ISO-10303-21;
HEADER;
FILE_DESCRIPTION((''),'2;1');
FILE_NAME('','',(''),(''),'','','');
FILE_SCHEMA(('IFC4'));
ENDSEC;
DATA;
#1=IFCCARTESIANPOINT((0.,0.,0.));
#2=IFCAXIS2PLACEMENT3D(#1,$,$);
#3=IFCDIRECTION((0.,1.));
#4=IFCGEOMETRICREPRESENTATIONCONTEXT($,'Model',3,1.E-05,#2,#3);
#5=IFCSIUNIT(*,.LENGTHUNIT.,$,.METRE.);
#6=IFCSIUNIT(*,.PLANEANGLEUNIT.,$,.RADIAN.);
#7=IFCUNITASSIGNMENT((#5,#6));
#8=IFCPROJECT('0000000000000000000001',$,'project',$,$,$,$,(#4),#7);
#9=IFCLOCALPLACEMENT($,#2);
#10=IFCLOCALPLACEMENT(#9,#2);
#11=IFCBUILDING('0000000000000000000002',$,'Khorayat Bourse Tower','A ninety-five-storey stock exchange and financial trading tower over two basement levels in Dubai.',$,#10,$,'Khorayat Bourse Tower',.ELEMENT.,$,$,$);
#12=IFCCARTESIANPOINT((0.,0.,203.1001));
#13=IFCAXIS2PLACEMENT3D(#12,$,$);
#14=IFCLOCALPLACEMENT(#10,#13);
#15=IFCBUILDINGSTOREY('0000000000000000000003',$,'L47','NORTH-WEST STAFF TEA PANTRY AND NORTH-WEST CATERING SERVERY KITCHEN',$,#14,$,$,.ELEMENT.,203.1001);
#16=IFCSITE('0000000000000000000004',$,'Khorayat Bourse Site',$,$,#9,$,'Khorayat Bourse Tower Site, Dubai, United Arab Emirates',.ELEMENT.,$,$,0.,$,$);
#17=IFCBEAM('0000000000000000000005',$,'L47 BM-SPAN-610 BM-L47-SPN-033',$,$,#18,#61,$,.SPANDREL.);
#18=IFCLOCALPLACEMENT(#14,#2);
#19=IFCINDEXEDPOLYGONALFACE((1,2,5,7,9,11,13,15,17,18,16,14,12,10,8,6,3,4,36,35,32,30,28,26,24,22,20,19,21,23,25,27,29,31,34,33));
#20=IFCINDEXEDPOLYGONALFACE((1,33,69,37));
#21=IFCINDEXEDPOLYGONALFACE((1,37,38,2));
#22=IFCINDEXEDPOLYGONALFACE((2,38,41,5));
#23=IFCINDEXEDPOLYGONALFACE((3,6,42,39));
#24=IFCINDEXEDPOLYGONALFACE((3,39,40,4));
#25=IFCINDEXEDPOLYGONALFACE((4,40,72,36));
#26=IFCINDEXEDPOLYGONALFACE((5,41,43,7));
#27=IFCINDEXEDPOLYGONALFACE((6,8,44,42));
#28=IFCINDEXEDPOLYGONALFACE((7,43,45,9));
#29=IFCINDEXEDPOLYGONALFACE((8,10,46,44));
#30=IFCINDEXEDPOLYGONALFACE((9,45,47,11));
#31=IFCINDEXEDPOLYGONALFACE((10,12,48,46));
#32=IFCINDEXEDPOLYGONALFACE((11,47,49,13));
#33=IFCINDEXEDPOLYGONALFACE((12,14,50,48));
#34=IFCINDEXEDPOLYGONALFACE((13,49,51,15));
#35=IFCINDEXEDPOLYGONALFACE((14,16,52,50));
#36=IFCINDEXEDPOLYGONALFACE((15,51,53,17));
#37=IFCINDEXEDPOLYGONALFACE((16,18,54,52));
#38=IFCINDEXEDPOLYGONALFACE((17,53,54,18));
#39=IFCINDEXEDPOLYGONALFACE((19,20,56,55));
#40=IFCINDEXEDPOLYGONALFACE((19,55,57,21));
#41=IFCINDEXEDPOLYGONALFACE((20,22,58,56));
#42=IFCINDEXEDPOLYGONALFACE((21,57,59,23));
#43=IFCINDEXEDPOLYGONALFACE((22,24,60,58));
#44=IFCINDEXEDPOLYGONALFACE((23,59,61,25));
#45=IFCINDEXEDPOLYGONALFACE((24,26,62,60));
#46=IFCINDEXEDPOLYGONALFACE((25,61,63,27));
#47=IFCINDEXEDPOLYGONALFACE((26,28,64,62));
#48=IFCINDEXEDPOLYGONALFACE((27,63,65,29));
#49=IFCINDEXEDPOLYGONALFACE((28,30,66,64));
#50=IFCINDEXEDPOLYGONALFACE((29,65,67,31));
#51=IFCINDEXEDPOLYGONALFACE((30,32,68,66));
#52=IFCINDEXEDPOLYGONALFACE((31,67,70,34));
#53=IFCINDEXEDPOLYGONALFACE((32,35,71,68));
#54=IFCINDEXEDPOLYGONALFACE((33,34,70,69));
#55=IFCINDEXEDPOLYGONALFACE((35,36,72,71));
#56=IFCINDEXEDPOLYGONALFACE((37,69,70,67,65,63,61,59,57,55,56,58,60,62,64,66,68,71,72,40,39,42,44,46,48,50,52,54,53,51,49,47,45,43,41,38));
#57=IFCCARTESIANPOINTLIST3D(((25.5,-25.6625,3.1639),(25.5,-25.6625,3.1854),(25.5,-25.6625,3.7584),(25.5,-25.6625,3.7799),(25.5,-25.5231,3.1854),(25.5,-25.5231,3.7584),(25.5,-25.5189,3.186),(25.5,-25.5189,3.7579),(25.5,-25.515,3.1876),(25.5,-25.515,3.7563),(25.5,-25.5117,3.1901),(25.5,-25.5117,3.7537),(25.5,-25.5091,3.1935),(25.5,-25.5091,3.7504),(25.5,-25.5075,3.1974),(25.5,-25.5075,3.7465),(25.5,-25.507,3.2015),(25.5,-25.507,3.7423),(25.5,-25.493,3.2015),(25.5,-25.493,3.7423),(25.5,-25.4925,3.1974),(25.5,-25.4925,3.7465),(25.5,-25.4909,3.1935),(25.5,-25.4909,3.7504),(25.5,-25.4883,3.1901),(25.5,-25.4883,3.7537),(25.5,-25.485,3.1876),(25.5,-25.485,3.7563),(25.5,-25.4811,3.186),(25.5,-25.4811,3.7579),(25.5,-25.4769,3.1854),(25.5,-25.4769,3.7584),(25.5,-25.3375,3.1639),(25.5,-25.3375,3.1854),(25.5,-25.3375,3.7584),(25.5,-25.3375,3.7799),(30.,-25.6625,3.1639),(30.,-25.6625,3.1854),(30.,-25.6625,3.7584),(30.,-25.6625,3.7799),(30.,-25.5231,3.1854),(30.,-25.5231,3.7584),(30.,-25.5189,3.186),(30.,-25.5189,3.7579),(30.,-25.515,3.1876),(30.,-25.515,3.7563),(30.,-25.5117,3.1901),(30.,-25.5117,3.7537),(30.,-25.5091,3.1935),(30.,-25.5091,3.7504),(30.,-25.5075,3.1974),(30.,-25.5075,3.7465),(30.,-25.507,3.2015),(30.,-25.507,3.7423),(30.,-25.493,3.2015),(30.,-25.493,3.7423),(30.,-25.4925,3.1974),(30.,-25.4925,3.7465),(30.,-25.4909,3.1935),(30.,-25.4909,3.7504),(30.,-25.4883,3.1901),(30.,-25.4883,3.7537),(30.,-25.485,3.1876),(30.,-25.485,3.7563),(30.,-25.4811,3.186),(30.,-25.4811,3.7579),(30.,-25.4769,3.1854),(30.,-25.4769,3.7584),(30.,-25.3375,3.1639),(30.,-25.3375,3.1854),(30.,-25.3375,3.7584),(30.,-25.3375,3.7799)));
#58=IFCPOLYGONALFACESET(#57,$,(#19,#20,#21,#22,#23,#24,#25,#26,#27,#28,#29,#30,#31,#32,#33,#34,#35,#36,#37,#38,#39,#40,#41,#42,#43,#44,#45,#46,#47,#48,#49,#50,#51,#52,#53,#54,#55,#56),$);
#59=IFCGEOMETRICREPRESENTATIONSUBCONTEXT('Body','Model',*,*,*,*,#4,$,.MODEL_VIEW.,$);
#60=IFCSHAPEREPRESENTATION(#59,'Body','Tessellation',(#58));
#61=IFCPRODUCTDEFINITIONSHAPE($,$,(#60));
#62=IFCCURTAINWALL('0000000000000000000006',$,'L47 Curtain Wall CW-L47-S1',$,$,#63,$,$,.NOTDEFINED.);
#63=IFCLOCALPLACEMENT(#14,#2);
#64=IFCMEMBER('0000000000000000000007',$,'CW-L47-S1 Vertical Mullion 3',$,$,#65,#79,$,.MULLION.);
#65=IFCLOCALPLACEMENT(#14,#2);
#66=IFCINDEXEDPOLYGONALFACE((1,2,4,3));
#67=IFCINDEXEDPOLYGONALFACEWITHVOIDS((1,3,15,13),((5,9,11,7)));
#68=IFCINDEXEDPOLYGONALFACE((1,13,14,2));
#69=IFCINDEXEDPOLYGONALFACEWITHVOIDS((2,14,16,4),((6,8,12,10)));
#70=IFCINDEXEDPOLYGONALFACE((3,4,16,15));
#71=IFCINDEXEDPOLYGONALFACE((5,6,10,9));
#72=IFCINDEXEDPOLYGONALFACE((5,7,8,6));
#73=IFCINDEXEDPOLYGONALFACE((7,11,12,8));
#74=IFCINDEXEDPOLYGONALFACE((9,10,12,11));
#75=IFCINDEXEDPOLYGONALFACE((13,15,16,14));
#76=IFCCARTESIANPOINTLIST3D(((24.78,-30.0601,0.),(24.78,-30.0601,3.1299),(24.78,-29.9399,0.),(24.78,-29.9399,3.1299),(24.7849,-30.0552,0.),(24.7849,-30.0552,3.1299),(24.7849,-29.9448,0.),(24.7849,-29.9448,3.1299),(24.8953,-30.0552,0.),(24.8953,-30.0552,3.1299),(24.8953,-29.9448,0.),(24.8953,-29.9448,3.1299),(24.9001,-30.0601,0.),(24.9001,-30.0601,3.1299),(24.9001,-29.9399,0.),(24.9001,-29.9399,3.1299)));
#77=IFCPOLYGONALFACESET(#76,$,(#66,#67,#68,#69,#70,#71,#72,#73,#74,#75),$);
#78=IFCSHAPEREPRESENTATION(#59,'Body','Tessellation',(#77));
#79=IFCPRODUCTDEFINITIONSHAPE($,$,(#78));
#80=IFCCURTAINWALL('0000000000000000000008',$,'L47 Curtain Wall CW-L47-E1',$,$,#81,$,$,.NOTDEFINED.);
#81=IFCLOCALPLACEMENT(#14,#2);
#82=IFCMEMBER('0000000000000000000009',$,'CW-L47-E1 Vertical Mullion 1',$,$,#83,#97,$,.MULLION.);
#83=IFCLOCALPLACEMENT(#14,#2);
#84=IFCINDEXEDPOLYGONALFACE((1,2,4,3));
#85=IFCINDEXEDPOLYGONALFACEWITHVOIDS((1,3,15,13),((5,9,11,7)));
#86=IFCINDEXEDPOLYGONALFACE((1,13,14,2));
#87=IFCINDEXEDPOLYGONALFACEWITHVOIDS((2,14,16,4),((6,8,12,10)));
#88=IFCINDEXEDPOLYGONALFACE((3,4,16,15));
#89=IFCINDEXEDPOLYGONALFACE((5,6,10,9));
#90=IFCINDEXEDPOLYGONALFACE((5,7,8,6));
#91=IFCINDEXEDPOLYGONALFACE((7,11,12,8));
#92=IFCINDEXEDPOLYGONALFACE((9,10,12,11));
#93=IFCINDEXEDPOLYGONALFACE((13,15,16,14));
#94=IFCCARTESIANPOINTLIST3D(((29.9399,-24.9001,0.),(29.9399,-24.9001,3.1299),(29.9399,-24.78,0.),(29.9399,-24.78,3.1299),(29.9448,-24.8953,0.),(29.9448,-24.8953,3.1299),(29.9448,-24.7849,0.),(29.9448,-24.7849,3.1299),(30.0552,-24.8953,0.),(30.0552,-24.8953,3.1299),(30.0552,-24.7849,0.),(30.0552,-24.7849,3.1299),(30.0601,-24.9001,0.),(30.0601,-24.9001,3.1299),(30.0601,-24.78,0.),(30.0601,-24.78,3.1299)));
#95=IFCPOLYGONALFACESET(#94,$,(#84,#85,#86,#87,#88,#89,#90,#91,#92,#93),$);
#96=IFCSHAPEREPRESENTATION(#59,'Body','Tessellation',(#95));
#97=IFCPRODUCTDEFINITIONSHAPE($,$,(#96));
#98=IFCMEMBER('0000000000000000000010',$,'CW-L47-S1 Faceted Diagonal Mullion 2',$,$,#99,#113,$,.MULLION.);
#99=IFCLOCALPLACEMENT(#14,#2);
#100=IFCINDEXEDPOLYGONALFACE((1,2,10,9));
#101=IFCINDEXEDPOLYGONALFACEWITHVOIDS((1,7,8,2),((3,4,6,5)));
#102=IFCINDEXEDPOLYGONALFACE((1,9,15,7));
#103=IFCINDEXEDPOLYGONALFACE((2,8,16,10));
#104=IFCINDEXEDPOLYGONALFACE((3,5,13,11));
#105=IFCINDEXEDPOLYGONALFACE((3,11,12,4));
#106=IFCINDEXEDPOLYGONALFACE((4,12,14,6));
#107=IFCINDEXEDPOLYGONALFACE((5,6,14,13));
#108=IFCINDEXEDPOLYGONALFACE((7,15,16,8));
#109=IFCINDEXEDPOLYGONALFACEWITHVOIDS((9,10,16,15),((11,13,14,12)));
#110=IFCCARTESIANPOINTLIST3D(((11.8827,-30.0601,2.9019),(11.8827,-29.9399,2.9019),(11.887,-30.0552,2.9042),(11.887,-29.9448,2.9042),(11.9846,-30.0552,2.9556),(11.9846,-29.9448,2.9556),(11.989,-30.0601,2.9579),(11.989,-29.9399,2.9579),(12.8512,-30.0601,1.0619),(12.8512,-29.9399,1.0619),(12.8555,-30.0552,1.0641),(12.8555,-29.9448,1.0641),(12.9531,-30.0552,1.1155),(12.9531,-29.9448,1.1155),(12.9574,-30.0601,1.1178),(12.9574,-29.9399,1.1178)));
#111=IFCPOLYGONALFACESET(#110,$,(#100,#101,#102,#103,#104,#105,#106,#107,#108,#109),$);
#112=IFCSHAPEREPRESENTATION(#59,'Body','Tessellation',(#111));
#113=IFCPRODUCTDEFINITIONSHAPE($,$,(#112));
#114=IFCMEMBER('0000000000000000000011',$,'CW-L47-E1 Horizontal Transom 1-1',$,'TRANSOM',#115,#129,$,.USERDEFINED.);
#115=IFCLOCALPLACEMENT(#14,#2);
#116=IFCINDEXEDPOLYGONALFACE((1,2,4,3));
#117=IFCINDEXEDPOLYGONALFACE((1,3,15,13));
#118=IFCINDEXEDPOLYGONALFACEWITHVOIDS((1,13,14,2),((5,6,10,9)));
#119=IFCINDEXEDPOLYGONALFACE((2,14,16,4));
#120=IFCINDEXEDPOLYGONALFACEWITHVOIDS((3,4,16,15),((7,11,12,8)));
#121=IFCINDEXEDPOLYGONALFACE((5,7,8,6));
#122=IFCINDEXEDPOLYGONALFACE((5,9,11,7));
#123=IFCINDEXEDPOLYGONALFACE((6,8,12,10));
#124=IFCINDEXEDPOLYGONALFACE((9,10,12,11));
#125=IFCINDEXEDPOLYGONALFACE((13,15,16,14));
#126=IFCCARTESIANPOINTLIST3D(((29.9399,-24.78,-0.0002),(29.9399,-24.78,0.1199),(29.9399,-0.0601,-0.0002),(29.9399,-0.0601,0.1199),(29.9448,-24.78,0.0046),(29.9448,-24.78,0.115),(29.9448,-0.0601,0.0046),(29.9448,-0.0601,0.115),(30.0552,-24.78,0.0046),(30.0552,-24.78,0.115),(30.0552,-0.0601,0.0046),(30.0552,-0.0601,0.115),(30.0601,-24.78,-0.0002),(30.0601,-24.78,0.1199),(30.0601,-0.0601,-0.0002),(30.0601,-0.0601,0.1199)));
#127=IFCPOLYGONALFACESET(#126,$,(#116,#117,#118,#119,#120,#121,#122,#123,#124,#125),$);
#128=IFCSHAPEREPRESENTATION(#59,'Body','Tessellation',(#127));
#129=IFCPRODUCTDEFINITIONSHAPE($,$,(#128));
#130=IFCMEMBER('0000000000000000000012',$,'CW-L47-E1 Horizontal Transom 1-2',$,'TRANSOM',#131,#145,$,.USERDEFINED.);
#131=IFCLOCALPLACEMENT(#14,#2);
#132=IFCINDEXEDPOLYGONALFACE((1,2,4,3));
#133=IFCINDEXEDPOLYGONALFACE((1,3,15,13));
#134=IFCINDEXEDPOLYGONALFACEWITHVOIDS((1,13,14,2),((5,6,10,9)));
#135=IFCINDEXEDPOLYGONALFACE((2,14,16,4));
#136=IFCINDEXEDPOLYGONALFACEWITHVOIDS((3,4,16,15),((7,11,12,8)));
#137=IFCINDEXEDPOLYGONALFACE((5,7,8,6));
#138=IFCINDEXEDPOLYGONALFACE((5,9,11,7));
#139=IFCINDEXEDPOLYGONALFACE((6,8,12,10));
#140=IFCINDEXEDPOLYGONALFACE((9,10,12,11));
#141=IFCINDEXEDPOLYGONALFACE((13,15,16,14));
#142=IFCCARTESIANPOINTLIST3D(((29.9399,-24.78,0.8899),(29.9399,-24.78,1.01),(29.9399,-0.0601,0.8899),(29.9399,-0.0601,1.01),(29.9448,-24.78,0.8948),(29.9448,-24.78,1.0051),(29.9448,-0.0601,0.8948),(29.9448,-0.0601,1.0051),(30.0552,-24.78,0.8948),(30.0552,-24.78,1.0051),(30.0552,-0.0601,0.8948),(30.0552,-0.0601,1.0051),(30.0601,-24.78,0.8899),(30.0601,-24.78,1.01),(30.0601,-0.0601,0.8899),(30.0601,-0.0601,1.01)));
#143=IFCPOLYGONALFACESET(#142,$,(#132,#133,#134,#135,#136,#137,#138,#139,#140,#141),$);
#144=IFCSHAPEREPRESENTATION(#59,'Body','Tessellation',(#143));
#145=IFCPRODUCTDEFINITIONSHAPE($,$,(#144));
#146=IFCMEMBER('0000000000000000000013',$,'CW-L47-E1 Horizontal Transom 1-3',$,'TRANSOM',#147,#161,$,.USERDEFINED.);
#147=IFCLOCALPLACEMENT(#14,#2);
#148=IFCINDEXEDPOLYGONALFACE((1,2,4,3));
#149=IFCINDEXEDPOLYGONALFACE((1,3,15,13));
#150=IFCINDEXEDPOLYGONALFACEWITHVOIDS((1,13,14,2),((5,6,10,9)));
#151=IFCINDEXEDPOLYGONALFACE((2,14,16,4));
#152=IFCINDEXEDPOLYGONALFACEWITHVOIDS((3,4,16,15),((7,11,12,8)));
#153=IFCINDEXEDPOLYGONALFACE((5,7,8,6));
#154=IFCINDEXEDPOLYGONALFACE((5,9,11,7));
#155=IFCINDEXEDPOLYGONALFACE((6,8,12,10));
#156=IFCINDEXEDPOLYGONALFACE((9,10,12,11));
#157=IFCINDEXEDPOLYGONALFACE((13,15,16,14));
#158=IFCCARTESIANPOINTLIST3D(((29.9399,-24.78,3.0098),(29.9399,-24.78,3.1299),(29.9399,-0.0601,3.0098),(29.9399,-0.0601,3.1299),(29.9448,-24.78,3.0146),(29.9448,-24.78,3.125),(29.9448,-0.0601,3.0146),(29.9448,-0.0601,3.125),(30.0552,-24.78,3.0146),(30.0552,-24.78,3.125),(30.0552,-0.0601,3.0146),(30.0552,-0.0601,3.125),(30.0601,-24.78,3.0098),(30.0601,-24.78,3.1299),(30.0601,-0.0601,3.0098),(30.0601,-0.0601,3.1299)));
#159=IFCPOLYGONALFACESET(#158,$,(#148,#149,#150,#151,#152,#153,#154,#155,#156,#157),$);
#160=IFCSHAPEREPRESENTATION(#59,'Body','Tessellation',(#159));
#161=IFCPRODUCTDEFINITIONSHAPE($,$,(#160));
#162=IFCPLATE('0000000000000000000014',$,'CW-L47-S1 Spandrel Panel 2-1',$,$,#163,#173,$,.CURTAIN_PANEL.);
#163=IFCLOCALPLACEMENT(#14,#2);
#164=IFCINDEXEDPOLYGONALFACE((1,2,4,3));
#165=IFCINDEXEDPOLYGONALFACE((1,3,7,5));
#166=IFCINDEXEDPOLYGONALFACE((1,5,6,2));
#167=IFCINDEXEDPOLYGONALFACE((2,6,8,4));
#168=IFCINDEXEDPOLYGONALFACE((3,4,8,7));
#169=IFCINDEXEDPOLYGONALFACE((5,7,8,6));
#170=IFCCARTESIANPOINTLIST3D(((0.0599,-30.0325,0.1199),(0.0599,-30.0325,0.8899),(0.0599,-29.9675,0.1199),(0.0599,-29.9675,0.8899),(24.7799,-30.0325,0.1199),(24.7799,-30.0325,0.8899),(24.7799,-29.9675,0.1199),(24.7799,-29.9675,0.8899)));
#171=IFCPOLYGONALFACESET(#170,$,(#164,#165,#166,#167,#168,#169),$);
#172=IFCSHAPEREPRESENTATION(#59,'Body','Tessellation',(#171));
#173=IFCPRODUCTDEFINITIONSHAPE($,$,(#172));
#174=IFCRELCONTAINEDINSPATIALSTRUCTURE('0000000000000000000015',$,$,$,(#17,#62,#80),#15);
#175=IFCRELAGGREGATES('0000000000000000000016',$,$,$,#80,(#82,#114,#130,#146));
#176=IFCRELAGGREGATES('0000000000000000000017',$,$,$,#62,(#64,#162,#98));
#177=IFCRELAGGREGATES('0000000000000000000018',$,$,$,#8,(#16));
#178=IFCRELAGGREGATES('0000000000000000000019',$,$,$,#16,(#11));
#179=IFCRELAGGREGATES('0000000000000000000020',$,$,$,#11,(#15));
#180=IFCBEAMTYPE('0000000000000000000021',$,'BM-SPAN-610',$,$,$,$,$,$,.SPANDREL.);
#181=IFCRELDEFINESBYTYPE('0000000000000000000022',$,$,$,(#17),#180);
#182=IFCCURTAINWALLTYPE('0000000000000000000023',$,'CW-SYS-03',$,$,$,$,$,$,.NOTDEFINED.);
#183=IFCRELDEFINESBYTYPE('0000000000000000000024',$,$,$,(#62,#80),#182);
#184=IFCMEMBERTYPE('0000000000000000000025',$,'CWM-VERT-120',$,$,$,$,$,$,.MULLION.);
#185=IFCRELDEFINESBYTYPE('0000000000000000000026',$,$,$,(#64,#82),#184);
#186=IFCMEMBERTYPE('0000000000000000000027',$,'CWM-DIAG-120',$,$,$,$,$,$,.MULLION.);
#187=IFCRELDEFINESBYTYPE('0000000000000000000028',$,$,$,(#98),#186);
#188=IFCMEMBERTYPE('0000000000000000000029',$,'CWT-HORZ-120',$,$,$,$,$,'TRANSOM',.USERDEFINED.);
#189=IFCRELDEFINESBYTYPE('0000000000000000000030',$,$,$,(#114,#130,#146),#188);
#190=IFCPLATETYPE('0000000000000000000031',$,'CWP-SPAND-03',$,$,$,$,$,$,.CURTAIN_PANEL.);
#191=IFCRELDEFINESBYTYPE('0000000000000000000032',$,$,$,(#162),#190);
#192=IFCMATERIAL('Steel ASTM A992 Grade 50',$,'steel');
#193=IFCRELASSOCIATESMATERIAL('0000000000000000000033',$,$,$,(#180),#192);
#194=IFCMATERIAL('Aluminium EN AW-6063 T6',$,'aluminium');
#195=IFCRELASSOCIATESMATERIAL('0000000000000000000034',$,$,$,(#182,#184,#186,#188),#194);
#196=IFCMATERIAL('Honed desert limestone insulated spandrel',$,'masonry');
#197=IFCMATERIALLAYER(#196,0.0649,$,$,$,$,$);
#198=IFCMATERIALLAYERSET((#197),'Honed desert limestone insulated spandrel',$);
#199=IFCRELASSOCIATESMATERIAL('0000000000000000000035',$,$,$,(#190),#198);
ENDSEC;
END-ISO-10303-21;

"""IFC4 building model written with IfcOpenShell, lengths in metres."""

from ifc_helpers import new_model, si_unit, direction, frame, origin, origin_2d, place, context, subcontext, project, spatial, rectangle, hollow_rectangle, i_section, extrude, source, transform, mapped, material, layer, layer_set, material_profile, profile_set, type_object, element, aggregate, save


model = new_model("IFC4")

# Units and contexts
model_context = context("Model", 3, precision=1e-05, world=origin(), true_north=direction((0.0, 1.0)))
body_context = subcontext(model_context, "Body", "Model", "MODEL_VIEW")
ifc_project = project(units=[si_unit("LENGTHUNIT", "METRE"), si_unit("PLANEANGLEUNIT", "RADIAN")], contexts=[model_context])

# Site, building, storey
site_placement = place(None, origin())
site = spatial("IfcSite", under=ifc_project, at=site_placement, Name="Khorayat Bourse Site", LongName="Khorayat Bourse Tower Site, Dubai, United Arab Emirates", CompositionType="ELEMENT", RefElevation=0.0)
building_placement = place(site_placement, origin())
building = spatial("IfcBuilding", under=site, at=building_placement, Name="Khorayat Bourse Tower", Description="A ninety-five-storey stock exchange and financial trading tower over two basement levels in Dubai.", LongName="Khorayat Bourse Tower", CompositionType="ELEMENT")
storey_placement = place(building_placement, frame((0.0, 0.0, 203.1001)))
storey = spatial("IfcBuildingStorey", under=building, at=storey_placement, Name="L47", Description="NORTH-WEST STAFF TEA PANTRY AND NORTH-WEST CATERING SERVERY KITCHEN", CompositionType="ELEMENT", Elevation=203.1001)

# Beam
ifc_material_1 = material(Name="Steel ASTM A992 Grade 50", Category="steel")
ifc_material_profile_1 = material_profile(ifc_material_1, i_section(OverallWidth=0.325, OverallDepth=0.616, WebThickness=0.0139, FlangeThickness=0.0215, FilletRadius=0.0161, at=origin_2d()), Name="W610X174")
ifc_profile_set_1 = profile_set([ifc_material_profile_1], Name="Steel ASTM A992 Grade 50")
beam_type_1 = type_object("IfcBeamType", Name="BM-SPAN-610", PredefinedType="SPANDREL", material=ifc_profile_set_1)
shared_shape_1 = source(origin(), body_context, "Body", "SweptSolid", [
    extrude(i_section(OverallWidth=0.325, OverallDepth=0.616, WebThickness=0.0139, FlangeThickness=0.0215, FilletRadius=0.0161, at=origin_2d()), origin(), (0.0, 0.0, 1.0), 4.5),
])
for number, where, z_axis, x_axis, name in (
    (1, (25.5, -25.5, 3.4719), (1.0, 0.0, 0.0), (0.0, 1.0, 0.0), "L47 BM-SPAN-610 BM-L47-SPN-033"),
):
    element("IfcBeam", number, at=place(storey_placement, frame(where, z_axis=z_axis, x_axis=x_axis)), inside=storey, type_object=beam_type_1, Name=name, PredefinedType="SPANDREL", context=body_context, shape_type="MappedRepresentation", body=[
        mapped(shared_shape_1, transform((0.0, 0.0, 0.0), scale=1.0)),
    ])

# Curtain walls, members
ifc_material_2 = material(Name="Aluminium EN AW-6063 T6", Category="aluminium")
curtain_wall_type = type_object("IfcCurtainWallType", Name="CW-SYS-03", PredefinedType="NOTDEFINED", material=ifc_material_2)
curtain_wall_1_placement = place(storey_placement, origin())
curtain_wall_1 = element("IfcCurtainWall", 2, at=curtain_wall_1_placement, inside=storey, type_object=curtain_wall_type, Name="L47 Curtain Wall CW-L47-S1", PredefinedType="NOTDEFINED")
ifc_material_profile_2 = material_profile(ifc_material_2, hollow_rectangle(XDim=0.1201, YDim=0.1201, WallThickness=0.0049, at=origin_2d()), Name="ALU 120x120x5")
ifc_profile_set_2 = profile_set([ifc_material_profile_2], Name="Aluminium EN AW-6063 T6")
member_type_1 = type_object("IfcMemberType", Name="CWM-VERT-120", PredefinedType="MULLION", material=ifc_profile_set_2)
shared_shape_2 = source(origin(), body_context, "Body", "SweptSolid", [
    extrude(hollow_rectangle(XDim=0.1201, YDim=0.1201, WallThickness=0.0049, at=origin_2d()), origin(), (0.0, 0.0, 1.0), 3.1299),
])
member_1_placement = place(storey_placement, frame((24.8401, -30.0, 0.0), z_axis=(0.0, 0.0, 1.0), x_axis=(0.0, 1.0, 0.0)))
member_1 = element("IfcMember", 3, at=member_1_placement, type_object=member_type_1, Name="CW-L47-S1 Vertical Mullion 3", PredefinedType="MULLION", context=body_context, shape_type="MappedRepresentation", body=[
    mapped(shared_shape_2, transform((0.0, 0.0, 0.0), scale=1.0)),
])
curtain_wall_2_placement = place(storey_placement, origin())
curtain_wall_2 = element("IfcCurtainWall", 4, at=curtain_wall_2_placement, inside=storey, type_object=curtain_wall_type, Name="L47 Curtain Wall CW-L47-E1", PredefinedType="NOTDEFINED")
member_2_placement = place(storey_placement, frame((30.0, -24.8401, 0.0), z_axis=(0.0, 0.0, 1.0), x_axis=(-1.0, 0.0, 0.0)))
member_2 = element("IfcMember", 5, at=member_2_placement, type_object=member_type_1, Name="CW-L47-E1 Vertical Mullion 1", PredefinedType="MULLION", context=body_context, shape_type="MappedRepresentation", body=[
    mapped(shared_shape_2, transform((0.0, 0.0, 0.0), scale=1.0)),
])

# Members
ifc_material_profile_3 = material_profile(ifc_material_2, hollow_rectangle(XDim=0.1201, YDim=0.1201, WallThickness=0.0049, at=origin_2d()), Name="ALU 120x120x5")
ifc_profile_set_3 = profile_set([ifc_material_profile_3], Name="Aluminium EN AW-6063 T6")
member_type_2 = type_object("IfcMemberType", Name="CWM-DIAG-120", PredefinedType="MULLION", material=ifc_profile_set_3)
shared_shape_3 = source(origin(), body_context, "Body", "SweptSolid", [
    extrude(hollow_rectangle(XDim=0.1201, YDim=0.1201, WallThickness=0.0049, at=origin_2d()), origin(), (0.0, 0.0, 1.0), 2.0793),
])
member_3_placement = place(storey_placement, frame((12.9043, -30.0, 1.0898), z_axis=(-0.465761, 0.0, 0.884911), x_axis=(0.0, -1.0, 0.0)))
member_3 = element("IfcMember", 6, at=member_3_placement, type_object=member_type_2, Name="CW-L47-S1 Faceted Diagonal Mullion 2", PredefinedType="MULLION", context=body_context, shape_type="MappedRepresentation", body=[
    mapped(shared_shape_3, transform((0.0, 0.0, 0.0), scale=1.0)),
])
ifc_material_profile_4 = material_profile(ifc_material_2, hollow_rectangle(XDim=0.1201, YDim=0.1201, WallThickness=0.0049, at=origin_2d()), Name="ALU 120x120x5")
ifc_profile_set_4 = profile_set([ifc_material_profile_4], Name="Aluminium EN AW-6063 T6")
member_type_3 = type_object("IfcMemberType", Name="CWT-HORZ-120", ElementType="TRANSOM", PredefinedType="USERDEFINED", material=ifc_profile_set_4)
shared_shape_4 = source(origin(), body_context, "Body", "SweptSolid", [
    extrude(hollow_rectangle(XDim=0.1201, YDim=0.1201, WallThickness=0.0049, at=origin_2d()), origin(), (0.0, 0.0, 1.0), 24.72),
])
member_4_placement = place(storey_placement, frame((30.0, -24.78, 0.0598), z_axis=(0.0, 1.0, 0.0), x_axis=(-1.0, 0.0, 0.0)))
member_4 = element("IfcMember", 7, at=member_4_placement, type_object=member_type_3, Name="CW-L47-E1 Horizontal Transom 1-1", ObjectType="TRANSOM", PredefinedType="USERDEFINED", context=body_context, shape_type="MappedRepresentation", body=[
    mapped(shared_shape_4, transform((0.0, 0.0, 0.0), scale=1.0)),
])
member_5_placement = place(storey_placement, frame((30.0, -24.78, 0.95), z_axis=(0.0, 1.0, 0.0), x_axis=(-1.0, 0.0, 0.0)))
member_5 = element("IfcMember", 8, at=member_5_placement, type_object=member_type_3, Name="CW-L47-E1 Horizontal Transom 1-2", ObjectType="TRANSOM", PredefinedType="USERDEFINED", context=body_context, shape_type="MappedRepresentation", body=[
    mapped(shared_shape_4, transform((0.0, 0.0, 0.0), scale=1.0)),
])
member_6_placement = place(storey_placement, frame((30.0, -24.78, 3.0698), z_axis=(0.0, 1.0, 0.0), x_axis=(-1.0, 0.0, 0.0)))
member_6 = element("IfcMember", 9, at=member_6_placement, type_object=member_type_3, Name="CW-L47-E1 Horizontal Transom 1-3", ObjectType="TRANSOM", PredefinedType="USERDEFINED", context=body_context, shape_type="MappedRepresentation", body=[
    mapped(shared_shape_4, transform((0.0, 0.0, 0.0), scale=1.0)),
])
aggregate(curtain_wall_2, [member_2, member_4, member_5, member_6])

# Plate
ifc_material_3 = material(Name="Honed desert limestone insulated spandrel", Category="masonry")
ifc_layer_1 = layer(ifc_material_3, 0.0649)
ifc_layer_set_1 = layer_set([ifc_layer_1], Name="Honed desert limestone insulated spandrel")
plate_type_1 = type_object("IfcPlateType", Name="CWP-SPAND-03", PredefinedType="CURTAIN_PANEL", material=ifc_layer_set_1)
shared_shape_5 = source(origin(), body_context, "Body", "SweptSolid", [
    extrude(rectangle(XDim=24.72, YDim=0.0649, at=origin_2d()), origin(), (0.0, 0.0, 1.0), 0.77),
])
plate_1_placement = place(storey_placement, frame((12.4199, -30.0, 0.1199), z_axis=(0.0, 0.0, 1.0), x_axis=(1.0, 0.0, 0.0)))
plate_1 = element("IfcPlate", 10, at=plate_1_placement, type_object=plate_type_1, Name="CW-L47-S1 Spandrel Panel 2-1", PredefinedType="CURTAIN_PANEL", context=body_context, shape_type="MappedRepresentation", body=[
    mapped(shared_shape_5, transform((0.0, 0.0, 0.0), scale=1.0)),
])
aggregate(curtain_wall_1, [member_1, plate_1, member_3])

save(model, "model.ifc")
